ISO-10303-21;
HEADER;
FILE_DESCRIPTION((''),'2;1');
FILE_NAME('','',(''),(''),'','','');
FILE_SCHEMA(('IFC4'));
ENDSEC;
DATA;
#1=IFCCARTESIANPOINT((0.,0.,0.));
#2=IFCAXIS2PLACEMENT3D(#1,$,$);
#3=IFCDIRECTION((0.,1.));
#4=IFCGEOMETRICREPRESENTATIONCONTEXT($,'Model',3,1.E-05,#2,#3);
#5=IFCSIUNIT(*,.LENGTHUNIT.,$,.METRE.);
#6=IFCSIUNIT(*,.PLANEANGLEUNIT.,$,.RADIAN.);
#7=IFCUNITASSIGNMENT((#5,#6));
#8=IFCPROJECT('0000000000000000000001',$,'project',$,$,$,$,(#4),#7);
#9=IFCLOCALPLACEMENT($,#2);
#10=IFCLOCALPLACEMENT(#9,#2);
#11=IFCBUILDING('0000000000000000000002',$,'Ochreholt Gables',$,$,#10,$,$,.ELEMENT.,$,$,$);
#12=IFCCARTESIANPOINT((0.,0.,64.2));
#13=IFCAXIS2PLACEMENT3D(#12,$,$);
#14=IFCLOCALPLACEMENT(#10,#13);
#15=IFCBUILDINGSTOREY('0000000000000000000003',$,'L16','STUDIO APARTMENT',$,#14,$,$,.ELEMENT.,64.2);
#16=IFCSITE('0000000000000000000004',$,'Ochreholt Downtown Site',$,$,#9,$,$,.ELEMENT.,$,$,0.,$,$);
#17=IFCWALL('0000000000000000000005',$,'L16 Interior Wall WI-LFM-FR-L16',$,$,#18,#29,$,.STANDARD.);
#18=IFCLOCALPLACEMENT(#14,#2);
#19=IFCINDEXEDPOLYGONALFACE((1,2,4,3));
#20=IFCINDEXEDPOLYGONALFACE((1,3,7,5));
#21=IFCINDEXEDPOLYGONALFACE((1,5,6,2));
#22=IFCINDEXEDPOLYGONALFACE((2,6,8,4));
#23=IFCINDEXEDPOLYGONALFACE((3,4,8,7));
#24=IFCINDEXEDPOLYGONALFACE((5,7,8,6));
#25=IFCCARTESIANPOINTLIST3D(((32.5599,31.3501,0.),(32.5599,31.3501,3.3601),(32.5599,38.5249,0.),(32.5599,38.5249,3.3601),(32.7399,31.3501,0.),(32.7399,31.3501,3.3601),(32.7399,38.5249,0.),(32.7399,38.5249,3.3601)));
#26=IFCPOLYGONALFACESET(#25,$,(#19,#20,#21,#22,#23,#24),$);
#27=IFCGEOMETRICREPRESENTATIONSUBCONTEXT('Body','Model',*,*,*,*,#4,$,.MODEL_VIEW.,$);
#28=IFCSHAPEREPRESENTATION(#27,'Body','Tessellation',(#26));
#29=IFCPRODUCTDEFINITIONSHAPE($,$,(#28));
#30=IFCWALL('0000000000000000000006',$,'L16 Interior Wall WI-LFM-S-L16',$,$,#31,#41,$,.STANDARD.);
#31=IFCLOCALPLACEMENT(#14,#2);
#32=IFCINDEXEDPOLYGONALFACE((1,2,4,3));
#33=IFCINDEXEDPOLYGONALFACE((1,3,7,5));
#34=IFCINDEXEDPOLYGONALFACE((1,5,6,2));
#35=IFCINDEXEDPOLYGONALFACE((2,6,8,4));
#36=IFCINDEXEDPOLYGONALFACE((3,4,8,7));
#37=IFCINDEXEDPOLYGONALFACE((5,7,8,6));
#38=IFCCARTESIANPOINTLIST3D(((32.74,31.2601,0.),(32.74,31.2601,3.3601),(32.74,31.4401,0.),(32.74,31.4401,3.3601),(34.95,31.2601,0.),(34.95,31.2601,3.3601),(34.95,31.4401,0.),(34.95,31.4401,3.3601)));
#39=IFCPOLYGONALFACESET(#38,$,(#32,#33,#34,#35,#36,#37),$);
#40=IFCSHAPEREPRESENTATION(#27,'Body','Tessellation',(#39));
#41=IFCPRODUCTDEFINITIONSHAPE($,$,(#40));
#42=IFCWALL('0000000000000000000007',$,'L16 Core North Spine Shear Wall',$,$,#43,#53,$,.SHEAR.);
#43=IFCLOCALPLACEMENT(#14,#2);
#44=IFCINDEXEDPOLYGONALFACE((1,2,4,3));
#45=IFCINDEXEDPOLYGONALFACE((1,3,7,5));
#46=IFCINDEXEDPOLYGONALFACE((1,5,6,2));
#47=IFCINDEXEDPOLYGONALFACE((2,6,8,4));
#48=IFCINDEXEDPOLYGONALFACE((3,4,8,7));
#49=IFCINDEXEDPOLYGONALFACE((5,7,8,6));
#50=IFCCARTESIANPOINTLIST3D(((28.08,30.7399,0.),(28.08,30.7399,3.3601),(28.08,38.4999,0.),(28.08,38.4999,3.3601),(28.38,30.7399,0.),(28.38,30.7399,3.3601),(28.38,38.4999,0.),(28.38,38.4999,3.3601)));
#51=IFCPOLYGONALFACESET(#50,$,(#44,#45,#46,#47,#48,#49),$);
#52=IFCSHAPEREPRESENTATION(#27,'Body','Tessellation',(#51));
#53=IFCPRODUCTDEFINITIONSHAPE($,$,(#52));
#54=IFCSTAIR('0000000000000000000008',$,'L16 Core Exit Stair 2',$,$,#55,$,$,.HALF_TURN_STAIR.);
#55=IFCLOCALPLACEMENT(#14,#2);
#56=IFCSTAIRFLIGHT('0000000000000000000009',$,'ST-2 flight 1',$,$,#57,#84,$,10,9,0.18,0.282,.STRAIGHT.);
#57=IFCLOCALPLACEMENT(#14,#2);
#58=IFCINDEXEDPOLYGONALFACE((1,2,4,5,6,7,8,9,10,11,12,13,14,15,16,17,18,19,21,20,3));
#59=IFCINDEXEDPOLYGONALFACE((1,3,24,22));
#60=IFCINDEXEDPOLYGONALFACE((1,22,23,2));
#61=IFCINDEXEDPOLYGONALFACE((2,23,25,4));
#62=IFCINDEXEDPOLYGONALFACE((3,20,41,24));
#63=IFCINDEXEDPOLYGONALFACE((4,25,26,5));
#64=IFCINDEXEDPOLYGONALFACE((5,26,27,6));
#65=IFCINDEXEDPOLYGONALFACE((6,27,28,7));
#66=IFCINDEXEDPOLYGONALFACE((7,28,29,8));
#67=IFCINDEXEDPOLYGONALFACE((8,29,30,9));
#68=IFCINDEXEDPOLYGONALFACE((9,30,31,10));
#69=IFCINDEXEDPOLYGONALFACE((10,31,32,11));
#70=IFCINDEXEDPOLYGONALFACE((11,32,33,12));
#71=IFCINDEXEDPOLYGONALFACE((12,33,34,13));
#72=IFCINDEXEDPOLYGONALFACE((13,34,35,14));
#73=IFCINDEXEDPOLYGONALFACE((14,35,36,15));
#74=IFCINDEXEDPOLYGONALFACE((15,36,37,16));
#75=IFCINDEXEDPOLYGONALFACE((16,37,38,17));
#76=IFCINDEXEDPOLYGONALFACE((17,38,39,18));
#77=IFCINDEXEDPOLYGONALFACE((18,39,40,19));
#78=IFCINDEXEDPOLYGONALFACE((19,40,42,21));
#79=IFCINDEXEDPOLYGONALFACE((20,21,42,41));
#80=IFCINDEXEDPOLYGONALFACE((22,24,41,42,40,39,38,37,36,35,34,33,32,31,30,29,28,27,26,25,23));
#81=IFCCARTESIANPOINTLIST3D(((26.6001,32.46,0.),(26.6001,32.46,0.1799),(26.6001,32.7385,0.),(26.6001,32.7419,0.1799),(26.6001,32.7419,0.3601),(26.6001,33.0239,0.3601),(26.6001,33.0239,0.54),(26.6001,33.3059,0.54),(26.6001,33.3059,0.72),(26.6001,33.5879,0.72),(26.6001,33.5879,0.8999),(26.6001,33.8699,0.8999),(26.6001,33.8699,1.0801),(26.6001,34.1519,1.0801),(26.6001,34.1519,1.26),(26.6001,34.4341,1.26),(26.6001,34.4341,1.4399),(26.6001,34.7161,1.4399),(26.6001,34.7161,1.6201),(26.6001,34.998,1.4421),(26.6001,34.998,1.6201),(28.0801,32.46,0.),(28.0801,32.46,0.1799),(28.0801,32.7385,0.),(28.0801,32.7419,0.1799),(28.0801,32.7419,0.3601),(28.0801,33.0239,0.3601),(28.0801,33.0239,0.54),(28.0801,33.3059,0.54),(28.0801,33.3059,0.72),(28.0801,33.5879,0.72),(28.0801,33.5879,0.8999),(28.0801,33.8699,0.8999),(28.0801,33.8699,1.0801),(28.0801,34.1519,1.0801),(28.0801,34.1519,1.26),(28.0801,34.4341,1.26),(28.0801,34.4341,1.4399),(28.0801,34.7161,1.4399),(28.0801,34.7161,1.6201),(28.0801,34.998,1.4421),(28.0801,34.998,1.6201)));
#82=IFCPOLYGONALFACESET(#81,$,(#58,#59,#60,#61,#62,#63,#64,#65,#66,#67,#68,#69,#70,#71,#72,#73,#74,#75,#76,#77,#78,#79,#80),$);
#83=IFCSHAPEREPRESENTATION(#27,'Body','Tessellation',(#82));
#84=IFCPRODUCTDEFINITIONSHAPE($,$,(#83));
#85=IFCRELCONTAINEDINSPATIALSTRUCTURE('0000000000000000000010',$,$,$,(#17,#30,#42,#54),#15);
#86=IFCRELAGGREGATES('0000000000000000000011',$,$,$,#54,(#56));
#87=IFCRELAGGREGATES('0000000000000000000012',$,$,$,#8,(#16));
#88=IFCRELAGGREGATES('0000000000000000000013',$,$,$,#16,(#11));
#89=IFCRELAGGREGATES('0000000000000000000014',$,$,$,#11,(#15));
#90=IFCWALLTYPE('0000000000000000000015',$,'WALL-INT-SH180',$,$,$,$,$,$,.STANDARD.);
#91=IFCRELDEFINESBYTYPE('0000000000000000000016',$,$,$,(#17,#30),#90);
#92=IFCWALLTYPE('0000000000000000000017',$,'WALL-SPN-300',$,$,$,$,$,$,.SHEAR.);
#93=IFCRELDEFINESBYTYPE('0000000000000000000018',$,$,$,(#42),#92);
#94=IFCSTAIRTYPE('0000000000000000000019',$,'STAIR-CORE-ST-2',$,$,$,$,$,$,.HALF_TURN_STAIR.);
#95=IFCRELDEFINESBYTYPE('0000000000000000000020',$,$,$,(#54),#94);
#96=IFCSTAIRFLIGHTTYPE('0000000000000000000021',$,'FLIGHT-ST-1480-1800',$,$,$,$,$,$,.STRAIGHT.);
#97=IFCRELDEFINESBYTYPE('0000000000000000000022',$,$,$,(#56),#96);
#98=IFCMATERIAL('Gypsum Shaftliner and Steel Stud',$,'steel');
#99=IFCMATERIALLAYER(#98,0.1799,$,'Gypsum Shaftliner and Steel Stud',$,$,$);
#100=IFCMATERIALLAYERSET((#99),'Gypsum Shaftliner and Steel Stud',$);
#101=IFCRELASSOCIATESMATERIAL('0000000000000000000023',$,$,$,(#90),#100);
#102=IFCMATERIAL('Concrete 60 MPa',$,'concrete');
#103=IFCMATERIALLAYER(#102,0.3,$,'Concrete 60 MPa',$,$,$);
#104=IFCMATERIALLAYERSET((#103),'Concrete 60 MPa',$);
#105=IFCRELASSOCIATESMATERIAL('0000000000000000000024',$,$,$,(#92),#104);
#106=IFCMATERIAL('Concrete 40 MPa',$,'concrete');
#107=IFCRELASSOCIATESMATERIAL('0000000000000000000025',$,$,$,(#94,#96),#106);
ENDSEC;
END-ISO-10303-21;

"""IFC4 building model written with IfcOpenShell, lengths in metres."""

from ifc_helpers import new_model, si_unit, direction, frame, frame_2d, origin, place, context, subcontext, project, spatial, polyline, rectangle, outline, extrude, material, layer, layer_set, type_object, element, aggregate, save


model = new_model("IFC4")

# Units and contexts
model_context = context("Model", 3, precision=1e-05, world=origin(), true_north=direction((0.0, 1.0)))
body_context = subcontext(model_context, "Body", "Model", "MODEL_VIEW")
ifc_project = project(units=[si_unit("LENGTHUNIT", "METRE"), si_unit("PLANEANGLEUNIT", "RADIAN")], contexts=[model_context])

# Site, building, storey
site_placement = place(None, origin())
site = spatial("IfcSite", under=ifc_project, at=site_placement, Name="Ochreholt Downtown Site", CompositionType="ELEMENT", RefElevation=0.0)
building_placement = place(site_placement, origin())
building = spatial("IfcBuilding", under=site, at=building_placement, Name="Ochreholt Gables", CompositionType="ELEMENT")
storey_placement = place(building_placement, frame((0.0, 0.0, 64.2)))
storey = spatial("IfcBuildingStorey", under=building, at=storey_placement, Name="L16", Description="STUDIO APARTMENT", CompositionType="ELEMENT", Elevation=64.2)

# Shared definitions
ifc_material_1 = material(Name="Concrete 60 MPa", Category="concrete")

# Shared definitions
ifc_material_2 = material(Name="Concrete 40 MPa", Category="concrete")

# Walls
ifc_material_3 = material(Name="Gypsum Shaftliner and Steel Stud", Category="steel")
ifc_layer_1 = layer(ifc_material_3, 0.1799, Name="Gypsum Shaftliner and Steel Stud")
ifc_layer_set_1 = layer_set([ifc_layer_1], Name="Gypsum Shaftliner and Steel Stud")
wall_type_1 = type_object("IfcWallType", Name="WALL-INT-SH180", PredefinedType="STANDARD", material=ifc_layer_set_1)
wall_1_placement = place(storey_placement, frame((32.6499, 31.3501, 0.0), z_axis=(0.0, 0.0, 1.0), x_axis=(0.0, 1.0, 0.0)))
element("IfcWall", 1, at=wall_1_placement, inside=storey, type_object=wall_type_1, Name="L16 Interior Wall WI-LFM-FR-L16", PredefinedType="STANDARD", context=body_context, shape_type="SweptSolid", body=[
    extrude(rectangle(XDim=7.1748, YDim=0.1799, at=frame_2d((3.5874, 0.0))), origin(), (0.0, 0.0, 1.0), 3.3601),
])
wall_2_placement = place(storey_placement, frame((32.74, 31.3501, 0.0), z_axis=(0.0, 0.0, 1.0), x_axis=(1.0, 0.0, 0.0)))
element("IfcWall", 2, at=wall_2_placement, inside=storey, type_object=wall_type_1, Name="L16 Interior Wall WI-LFM-S-L16", PredefinedType="STANDARD", context=body_context, shape_type="SweptSolid", body=[
    extrude(rectangle(XDim=2.21, YDim=0.1799, at=frame_2d((1.105, 0.0))), origin(), (0.0, 0.0, 1.0), 3.3601),
])
ifc_layer_2 = layer(ifc_material_1, 0.3, Name="Concrete 60 MPa")
ifc_layer_set_2 = layer_set([ifc_layer_2], Name="Concrete 60 MPa")
wall_type_2 = type_object("IfcWallType", Name="WALL-SPN-300", PredefinedType="SHEAR", material=ifc_layer_set_2)
wall_3_placement = place(storey_placement, frame((28.23, 30.74, 0.0), z_axis=(0.0, 0.0, 1.0), x_axis=(0.0, 1.0, 0.0)))
element("IfcWall", 3, at=wall_3_placement, inside=storey, type_object=wall_type_2, Name="L16 Core North Spine Shear Wall", PredefinedType="SHEAR", context=body_context, shape_type="SweptSolid", body=[
    extrude(rectangle(XDim=7.76, YDim=0.3, at=frame_2d((3.8799, 0.0))), origin(), (0.0, 0.0, 1.0), 3.3601),
])

# Stair, stair flight
stair_type = type_object("IfcStairType", Name="STAIR-CORE-ST-2", PredefinedType="HALF_TURN_STAIR", material=ifc_material_2)
stair_placement = place(storey_placement, origin())
stair = element("IfcStair", 4, at=stair_placement, inside=storey, type_object=stair_type, Name="L16 Core Exit Stair 2", PredefinedType="HALF_TURN_STAIR")
stair_flight_type = type_object("IfcStairFlightType", Name="FLIGHT-ST-1480-1800", PredefinedType="STRAIGHT", material=ifc_material_2)
stair_flight_placement = place(storey_placement, frame((27.3401, 32.46, 0.0), z_axis=(0.0, 0.0, 1.0), x_axis=(0.0, 1.0, 0.0)))
stair_flight = element("IfcStairFlight", 5, at=stair_flight_placement, type_object=stair_flight_type, Name="ST-2 flight 1", NumberOfRisers=10, NumberOfTreads=9, PredefinedType="STRAIGHT", RiserHeight=0.18, TreadLength=0.282, context=body_context, shape_type="SweptSolid", body=[
    extrude(outline(polyline([(0.0, 0.0), (0.0, 0.1799), (0.282, 0.1799), (0.282, 0.3601), (0.564, 0.3601), (0.564, 0.54), (0.8459, 0.54), (0.8459, 0.72), (1.1279, 0.72), (1.1279, 0.8999), (1.4099, 0.8999), (1.4099, 1.0801), (1.6919, 1.0801), (1.6919, 1.26), (1.9741, 1.26), (1.9741, 1.4399), (2.2561, 1.4399), (2.2561, 1.6201), (2.5381, 1.6201), (2.5381, 1.8), (2.5381, 1.4421), (0.2786, 0.0), (0.0, 0.0)])), frame((0.0, 0.74, 0.0), z_axis=(0.0, -1.0, 0.0), x_axis=(1.0, 0.0, 0.0)), (0.0, 0.0, 1.0), 1.48),
])
aggregate(stair, [stair_flight])

save(model, "model.ifc")
